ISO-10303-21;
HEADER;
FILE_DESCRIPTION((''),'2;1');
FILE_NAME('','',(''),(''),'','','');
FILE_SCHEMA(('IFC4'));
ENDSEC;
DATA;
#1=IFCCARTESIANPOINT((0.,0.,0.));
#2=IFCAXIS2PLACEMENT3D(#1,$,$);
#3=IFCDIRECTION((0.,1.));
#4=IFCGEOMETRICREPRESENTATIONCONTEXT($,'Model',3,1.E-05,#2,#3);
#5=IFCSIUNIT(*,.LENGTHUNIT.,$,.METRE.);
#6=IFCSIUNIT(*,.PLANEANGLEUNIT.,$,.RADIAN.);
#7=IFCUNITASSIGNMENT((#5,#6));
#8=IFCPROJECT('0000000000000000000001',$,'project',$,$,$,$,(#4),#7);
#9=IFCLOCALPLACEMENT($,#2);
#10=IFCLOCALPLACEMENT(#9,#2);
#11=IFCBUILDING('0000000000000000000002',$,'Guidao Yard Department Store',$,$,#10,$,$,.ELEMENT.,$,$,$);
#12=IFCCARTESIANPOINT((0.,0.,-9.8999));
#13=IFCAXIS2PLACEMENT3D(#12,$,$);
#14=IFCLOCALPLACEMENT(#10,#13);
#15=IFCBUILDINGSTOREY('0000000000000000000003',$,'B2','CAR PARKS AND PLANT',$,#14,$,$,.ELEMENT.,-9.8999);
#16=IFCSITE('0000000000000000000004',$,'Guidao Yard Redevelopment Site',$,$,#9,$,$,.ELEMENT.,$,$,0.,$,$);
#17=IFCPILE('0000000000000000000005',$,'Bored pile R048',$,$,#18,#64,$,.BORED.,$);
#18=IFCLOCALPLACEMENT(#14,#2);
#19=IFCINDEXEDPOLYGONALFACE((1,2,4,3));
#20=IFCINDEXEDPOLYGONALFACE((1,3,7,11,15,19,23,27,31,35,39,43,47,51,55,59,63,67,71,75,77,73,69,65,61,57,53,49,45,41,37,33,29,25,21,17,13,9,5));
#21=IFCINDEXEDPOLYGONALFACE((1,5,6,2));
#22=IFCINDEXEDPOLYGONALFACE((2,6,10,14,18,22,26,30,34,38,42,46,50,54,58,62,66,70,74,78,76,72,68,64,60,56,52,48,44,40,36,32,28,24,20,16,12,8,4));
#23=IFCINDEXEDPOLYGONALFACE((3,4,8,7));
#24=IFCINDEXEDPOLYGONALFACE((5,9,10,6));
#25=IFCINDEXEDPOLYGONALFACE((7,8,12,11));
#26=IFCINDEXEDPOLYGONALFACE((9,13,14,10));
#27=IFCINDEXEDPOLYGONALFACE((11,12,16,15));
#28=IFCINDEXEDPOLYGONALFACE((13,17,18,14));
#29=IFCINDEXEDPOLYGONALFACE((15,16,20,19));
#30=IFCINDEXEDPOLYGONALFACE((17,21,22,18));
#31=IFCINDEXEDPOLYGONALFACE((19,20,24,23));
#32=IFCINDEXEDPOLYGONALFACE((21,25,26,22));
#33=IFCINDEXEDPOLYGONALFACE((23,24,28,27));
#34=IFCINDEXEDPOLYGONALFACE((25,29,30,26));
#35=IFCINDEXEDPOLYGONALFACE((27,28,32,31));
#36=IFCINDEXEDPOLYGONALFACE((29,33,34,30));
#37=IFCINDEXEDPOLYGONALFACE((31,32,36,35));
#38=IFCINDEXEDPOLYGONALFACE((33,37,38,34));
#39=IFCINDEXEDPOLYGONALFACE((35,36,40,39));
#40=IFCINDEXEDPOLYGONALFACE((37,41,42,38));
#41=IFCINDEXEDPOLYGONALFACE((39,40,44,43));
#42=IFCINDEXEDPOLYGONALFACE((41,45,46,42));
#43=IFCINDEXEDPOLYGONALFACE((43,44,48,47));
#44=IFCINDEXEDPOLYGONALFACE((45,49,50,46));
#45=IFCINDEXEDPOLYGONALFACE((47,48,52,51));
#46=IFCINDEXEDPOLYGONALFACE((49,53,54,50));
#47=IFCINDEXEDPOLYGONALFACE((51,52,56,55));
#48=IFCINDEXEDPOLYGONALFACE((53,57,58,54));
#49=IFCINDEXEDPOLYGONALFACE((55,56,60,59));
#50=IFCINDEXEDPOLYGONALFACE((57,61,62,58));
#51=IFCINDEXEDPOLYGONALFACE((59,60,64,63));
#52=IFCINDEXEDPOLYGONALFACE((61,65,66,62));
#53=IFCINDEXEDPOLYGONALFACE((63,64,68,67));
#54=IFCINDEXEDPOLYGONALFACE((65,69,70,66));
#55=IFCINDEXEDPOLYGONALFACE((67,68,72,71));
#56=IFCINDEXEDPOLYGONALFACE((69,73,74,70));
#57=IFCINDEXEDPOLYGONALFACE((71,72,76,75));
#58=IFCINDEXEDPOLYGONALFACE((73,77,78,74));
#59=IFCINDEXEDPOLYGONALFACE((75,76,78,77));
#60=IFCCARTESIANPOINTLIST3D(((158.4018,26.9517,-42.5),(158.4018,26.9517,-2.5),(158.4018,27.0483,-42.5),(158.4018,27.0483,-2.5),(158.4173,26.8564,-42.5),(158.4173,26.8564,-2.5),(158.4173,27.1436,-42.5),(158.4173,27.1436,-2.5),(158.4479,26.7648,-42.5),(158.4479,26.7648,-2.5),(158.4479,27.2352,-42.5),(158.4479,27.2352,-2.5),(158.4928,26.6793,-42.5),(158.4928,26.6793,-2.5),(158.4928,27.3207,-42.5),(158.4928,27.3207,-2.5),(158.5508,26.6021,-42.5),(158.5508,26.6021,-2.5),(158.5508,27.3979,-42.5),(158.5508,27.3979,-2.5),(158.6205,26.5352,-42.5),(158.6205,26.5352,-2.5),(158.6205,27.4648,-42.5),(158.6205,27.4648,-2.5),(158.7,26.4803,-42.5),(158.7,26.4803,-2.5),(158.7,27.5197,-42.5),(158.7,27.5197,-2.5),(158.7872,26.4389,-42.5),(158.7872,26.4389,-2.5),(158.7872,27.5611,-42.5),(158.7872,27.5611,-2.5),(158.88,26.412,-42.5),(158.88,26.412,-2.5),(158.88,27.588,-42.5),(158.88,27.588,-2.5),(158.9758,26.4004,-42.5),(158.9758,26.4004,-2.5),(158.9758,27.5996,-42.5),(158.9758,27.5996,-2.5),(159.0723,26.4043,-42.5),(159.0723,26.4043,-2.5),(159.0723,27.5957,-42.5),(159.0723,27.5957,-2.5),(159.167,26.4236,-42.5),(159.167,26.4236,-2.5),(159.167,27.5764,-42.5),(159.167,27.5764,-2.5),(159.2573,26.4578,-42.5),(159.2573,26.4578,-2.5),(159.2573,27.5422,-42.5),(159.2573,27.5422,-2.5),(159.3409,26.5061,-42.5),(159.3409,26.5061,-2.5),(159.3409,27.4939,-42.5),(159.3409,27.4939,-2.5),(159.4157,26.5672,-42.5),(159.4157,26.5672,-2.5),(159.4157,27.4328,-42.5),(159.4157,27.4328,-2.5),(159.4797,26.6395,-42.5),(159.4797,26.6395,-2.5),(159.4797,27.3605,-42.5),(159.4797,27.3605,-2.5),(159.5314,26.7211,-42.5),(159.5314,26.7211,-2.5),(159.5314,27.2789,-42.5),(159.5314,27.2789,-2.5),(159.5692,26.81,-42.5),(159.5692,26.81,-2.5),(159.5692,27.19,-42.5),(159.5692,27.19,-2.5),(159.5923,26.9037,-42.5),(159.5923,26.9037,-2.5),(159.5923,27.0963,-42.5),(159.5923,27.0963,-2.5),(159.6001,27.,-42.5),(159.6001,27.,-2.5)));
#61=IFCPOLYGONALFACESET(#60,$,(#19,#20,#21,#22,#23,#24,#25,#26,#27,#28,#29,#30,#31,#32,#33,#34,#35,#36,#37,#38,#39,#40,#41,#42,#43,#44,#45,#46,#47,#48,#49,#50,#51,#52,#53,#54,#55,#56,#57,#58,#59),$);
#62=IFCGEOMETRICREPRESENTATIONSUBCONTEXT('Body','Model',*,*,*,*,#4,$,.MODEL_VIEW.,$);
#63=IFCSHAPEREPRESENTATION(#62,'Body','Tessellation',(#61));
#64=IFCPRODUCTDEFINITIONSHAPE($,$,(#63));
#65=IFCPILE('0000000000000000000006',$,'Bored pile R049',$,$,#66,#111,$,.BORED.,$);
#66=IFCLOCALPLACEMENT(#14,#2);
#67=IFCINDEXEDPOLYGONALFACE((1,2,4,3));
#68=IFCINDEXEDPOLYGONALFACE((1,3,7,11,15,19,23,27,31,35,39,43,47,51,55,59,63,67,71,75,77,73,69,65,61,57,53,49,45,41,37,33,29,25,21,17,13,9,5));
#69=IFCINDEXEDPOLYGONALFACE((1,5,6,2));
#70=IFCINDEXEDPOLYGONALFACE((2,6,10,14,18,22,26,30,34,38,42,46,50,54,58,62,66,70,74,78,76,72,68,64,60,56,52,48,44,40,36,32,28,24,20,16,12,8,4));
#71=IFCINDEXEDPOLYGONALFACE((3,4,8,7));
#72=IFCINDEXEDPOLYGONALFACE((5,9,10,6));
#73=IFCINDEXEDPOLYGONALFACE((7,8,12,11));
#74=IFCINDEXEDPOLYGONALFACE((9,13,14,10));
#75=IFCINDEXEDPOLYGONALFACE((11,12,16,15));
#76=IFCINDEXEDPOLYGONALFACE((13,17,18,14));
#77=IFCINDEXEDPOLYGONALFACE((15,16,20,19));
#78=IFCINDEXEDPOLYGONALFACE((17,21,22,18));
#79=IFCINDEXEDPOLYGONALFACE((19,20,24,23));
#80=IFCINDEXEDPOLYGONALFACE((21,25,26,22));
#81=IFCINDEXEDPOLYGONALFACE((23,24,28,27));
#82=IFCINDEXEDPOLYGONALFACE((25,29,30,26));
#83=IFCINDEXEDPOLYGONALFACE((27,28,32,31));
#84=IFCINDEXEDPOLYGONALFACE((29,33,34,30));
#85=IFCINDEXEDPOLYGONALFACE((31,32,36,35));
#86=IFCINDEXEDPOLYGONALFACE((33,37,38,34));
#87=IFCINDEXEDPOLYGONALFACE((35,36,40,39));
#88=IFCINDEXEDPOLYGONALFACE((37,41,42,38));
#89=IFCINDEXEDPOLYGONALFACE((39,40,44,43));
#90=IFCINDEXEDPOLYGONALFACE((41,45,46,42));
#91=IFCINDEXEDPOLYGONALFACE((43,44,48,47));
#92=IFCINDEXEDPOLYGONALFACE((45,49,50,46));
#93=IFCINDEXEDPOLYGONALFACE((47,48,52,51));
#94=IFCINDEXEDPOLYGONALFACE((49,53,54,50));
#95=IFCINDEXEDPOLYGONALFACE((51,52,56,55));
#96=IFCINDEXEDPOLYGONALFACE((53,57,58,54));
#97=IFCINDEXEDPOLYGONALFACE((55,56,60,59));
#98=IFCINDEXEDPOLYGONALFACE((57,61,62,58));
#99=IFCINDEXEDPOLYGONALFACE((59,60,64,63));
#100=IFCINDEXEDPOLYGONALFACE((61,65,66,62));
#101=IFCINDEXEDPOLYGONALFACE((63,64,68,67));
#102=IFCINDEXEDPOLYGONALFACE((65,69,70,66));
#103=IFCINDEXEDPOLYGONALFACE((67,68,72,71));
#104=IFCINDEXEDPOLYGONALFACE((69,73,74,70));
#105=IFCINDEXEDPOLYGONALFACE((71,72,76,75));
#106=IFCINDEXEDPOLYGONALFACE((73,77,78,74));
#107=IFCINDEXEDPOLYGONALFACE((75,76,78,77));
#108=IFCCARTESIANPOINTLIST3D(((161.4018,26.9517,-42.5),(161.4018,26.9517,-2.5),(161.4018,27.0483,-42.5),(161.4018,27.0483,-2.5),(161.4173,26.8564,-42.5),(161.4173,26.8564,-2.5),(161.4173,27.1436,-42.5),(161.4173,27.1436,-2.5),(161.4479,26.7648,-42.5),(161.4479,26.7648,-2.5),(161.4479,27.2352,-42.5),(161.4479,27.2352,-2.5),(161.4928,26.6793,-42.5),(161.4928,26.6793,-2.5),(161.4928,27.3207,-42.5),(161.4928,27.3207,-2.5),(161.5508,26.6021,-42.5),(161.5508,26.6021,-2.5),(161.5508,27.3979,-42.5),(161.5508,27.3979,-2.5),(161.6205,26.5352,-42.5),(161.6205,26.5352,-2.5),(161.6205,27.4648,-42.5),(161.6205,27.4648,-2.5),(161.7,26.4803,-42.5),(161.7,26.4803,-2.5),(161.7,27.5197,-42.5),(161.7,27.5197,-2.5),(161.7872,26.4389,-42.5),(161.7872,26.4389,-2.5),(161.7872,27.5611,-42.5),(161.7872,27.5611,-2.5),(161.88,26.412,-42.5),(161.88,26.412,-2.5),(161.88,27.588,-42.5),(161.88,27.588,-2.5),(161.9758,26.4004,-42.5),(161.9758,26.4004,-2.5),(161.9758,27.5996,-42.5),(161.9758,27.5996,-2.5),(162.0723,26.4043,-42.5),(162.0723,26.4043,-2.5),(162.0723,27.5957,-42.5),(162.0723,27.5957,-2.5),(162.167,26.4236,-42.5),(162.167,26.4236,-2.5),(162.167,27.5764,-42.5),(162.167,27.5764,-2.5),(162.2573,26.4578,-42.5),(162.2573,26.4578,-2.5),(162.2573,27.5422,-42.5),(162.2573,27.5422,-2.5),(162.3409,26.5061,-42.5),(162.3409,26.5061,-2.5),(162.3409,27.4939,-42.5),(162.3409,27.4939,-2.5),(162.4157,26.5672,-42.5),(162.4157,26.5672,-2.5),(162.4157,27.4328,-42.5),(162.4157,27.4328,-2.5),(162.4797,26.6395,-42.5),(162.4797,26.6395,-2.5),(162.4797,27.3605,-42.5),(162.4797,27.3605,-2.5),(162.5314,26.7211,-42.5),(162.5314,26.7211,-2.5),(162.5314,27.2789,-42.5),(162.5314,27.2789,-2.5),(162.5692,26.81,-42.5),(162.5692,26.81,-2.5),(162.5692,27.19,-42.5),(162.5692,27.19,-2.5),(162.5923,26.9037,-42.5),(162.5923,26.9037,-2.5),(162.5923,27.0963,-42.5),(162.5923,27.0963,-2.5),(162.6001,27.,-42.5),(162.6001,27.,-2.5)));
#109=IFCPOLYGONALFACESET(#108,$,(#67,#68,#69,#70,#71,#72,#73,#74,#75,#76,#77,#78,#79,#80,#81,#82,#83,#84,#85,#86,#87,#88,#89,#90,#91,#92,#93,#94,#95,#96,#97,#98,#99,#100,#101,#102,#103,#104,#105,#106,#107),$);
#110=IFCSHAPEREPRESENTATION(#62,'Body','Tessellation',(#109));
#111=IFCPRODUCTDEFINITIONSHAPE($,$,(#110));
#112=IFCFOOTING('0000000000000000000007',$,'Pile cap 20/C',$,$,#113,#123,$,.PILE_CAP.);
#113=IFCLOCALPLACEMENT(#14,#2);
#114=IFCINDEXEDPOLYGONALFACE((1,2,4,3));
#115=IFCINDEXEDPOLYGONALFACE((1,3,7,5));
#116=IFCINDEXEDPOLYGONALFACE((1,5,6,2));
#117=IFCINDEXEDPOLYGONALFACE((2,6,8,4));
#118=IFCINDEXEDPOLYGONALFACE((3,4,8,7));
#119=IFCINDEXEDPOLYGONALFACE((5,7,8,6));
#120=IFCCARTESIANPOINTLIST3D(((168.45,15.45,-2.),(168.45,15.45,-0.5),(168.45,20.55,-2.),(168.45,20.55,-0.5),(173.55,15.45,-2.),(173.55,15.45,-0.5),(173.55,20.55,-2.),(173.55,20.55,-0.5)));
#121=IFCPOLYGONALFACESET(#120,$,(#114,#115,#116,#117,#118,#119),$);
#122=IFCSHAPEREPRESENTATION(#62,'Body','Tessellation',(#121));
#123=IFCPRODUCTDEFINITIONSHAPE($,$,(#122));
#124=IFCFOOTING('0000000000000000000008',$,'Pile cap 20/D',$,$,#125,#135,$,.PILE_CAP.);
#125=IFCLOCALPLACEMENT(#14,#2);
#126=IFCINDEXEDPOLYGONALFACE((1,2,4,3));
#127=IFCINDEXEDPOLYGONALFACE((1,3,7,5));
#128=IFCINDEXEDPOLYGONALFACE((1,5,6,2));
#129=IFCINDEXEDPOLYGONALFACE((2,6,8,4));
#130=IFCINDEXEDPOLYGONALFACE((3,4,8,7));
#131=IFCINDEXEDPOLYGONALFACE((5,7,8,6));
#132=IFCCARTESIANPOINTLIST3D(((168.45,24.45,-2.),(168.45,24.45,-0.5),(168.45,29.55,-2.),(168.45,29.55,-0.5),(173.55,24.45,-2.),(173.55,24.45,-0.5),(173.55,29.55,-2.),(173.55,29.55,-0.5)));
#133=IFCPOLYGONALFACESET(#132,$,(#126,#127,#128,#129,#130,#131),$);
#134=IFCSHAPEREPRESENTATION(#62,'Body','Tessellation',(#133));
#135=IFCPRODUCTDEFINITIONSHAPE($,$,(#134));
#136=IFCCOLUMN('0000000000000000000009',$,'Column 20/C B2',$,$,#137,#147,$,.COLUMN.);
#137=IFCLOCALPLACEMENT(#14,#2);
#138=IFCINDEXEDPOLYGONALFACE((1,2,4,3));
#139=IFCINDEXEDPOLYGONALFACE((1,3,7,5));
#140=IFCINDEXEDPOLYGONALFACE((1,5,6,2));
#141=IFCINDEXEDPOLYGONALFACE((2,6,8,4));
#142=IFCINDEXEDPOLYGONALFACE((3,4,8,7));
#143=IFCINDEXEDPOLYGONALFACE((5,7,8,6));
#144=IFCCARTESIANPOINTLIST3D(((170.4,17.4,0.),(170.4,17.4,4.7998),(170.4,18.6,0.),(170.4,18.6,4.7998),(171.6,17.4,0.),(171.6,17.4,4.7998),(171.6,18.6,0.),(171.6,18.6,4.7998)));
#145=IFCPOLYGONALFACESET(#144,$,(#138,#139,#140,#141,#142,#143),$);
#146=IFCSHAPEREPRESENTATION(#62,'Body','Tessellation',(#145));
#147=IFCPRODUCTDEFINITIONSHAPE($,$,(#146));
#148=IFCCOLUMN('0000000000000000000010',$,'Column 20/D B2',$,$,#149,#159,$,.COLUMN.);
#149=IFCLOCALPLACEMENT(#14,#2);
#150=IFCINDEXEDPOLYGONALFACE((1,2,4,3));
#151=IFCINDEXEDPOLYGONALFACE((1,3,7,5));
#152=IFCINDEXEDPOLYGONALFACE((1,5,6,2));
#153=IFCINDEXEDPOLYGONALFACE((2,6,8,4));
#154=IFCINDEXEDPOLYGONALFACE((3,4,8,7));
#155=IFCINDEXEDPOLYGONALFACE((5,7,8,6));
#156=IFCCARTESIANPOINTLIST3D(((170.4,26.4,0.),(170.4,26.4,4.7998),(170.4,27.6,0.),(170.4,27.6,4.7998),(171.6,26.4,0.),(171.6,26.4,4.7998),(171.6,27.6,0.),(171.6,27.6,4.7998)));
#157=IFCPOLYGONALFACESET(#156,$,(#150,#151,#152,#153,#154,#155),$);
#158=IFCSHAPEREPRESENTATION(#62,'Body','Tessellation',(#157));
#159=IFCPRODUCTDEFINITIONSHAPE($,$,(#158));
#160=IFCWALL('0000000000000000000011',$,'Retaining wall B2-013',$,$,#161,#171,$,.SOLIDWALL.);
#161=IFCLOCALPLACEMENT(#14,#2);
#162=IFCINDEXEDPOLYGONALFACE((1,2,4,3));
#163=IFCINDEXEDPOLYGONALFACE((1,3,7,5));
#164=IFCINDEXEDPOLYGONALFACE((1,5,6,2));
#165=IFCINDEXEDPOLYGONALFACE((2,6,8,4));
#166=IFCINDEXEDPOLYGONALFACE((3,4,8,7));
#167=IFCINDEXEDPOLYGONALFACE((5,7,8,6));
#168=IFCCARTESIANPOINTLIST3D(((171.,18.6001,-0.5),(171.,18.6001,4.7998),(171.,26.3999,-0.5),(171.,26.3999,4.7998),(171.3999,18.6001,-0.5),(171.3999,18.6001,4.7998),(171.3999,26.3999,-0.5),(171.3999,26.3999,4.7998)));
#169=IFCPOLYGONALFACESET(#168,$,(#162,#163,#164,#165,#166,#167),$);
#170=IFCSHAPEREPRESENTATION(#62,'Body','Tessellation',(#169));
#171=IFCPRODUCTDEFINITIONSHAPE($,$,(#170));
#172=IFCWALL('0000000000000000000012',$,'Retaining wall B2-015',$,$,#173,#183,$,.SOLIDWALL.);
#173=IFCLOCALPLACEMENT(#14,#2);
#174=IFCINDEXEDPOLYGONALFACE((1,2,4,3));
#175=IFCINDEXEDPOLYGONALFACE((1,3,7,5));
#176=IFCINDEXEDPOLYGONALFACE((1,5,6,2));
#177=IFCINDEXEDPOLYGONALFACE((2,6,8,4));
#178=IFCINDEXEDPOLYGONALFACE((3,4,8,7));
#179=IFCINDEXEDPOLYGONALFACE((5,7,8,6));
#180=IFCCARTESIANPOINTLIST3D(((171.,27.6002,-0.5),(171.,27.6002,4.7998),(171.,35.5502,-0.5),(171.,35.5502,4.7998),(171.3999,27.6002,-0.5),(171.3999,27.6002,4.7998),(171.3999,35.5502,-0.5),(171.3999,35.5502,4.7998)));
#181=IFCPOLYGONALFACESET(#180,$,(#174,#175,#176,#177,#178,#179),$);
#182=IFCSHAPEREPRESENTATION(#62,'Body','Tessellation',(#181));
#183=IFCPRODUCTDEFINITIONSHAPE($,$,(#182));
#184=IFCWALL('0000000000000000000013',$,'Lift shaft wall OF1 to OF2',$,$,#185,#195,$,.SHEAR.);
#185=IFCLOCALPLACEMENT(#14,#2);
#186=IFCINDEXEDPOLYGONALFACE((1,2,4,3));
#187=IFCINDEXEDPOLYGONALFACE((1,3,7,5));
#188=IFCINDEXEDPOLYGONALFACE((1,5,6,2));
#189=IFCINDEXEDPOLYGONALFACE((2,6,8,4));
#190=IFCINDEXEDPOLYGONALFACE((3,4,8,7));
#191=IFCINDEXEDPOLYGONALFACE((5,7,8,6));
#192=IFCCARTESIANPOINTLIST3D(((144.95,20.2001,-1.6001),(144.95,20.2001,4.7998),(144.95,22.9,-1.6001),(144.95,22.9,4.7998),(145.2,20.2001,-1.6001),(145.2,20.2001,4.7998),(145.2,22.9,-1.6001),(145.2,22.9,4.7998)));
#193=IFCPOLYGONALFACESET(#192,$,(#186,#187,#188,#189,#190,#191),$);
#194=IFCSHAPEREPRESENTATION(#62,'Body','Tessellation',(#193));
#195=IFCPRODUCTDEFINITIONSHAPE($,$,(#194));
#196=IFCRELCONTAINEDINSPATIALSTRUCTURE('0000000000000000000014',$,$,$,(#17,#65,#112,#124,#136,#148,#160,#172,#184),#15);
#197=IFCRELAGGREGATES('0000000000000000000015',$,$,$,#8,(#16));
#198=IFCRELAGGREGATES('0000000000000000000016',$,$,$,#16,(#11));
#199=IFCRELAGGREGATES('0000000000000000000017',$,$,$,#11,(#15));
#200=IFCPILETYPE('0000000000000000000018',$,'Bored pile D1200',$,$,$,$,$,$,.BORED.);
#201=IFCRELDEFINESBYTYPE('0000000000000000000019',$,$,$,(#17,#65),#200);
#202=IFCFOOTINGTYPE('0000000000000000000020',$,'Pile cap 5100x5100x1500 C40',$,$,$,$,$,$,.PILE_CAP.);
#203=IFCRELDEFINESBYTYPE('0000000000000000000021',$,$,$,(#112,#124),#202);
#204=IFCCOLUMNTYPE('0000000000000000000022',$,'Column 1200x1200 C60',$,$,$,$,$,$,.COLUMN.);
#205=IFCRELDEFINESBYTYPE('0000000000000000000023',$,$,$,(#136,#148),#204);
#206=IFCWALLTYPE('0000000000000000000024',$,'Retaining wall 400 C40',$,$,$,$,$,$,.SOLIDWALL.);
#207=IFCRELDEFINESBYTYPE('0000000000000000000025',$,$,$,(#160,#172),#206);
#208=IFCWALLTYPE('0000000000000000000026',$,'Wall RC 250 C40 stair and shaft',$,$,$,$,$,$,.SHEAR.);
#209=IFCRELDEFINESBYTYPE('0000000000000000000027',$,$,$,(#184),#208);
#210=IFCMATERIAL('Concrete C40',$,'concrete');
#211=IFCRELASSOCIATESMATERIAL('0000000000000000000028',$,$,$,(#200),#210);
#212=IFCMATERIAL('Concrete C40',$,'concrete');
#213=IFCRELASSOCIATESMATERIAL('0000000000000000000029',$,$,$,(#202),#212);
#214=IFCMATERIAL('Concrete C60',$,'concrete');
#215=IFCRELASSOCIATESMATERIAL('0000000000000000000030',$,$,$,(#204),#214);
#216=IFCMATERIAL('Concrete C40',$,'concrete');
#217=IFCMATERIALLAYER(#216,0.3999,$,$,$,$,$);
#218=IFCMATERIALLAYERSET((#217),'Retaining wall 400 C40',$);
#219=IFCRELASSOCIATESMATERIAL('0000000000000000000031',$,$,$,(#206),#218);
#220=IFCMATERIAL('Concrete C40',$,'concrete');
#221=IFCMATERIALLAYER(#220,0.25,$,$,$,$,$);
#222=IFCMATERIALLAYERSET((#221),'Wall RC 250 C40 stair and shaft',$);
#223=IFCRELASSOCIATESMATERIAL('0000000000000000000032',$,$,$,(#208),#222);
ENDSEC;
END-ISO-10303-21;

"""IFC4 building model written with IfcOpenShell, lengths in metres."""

from ifc_helpers import new_model, si_unit, direction, frame, frame_2d, origin, origin_2d, place, context, subcontext, project, spatial, rectangle, circle, extrude, material, layer, layer_set, material_profile, profile_set, type_object, element, save


model = new_model("IFC4")

# Units and contexts
model_context = context("Model", 3, precision=1e-05, world=origin(), true_north=direction((0.0, 1.0)))
body_context = subcontext(model_context, "Body", "Model", "MODEL_VIEW")
ifc_project = project(units=[si_unit("LENGTHUNIT", "METRE"), si_unit("PLANEANGLEUNIT", "RADIAN")], contexts=[model_context])

# Site, building, storey
site_placement = place(None, origin())
site = spatial("IfcSite", under=ifc_project, at=site_placement, Name="Guidao Yard Redevelopment Site", CompositionType="ELEMENT", RefElevation=0.0)
building_placement = place(site_placement, origin())
building = spatial("IfcBuilding", under=site, at=building_placement, Name="Guidao Yard Department Store", CompositionType="ELEMENT")
storey_placement = place(building_placement, frame((0.0, 0.0, -9.8999)))
storey = spatial("IfcBuildingStorey", under=building, at=storey_placement, Name="B2", Description="CAR PARKS AND PLANT", CompositionType="ELEMENT", Elevation=-9.8999)

# Piles
ifc_material_1 = material(Name="Concrete C40", Category="concrete")
ifc_material_profile_1 = material_profile(ifc_material_1, circle(Radius=0.6001, at=origin_2d()), Name="Bored pile D1200")
ifc_profile_set_1 = profile_set([ifc_material_profile_1], Name="Concrete C40")
pile_type = type_object("IfcPileType", Name="Bored pile D1200", PredefinedType="BORED", material=ifc_profile_set_1)
for number, where, z_axis, x_axis, name in (
    (1, (159.0, 27.0, -2.5), (0.0, 0.0, -1.0), (1.0, 0.0, 0.0), "Bored pile R048"),
    (2, (162.0, 27.0, -2.5), (0.0, 0.0, -1.0), (1.0, 0.0, 0.0), "Bored pile R049"),
):
    element("IfcPile", number, at=place(storey_placement, frame(where, z_axis=z_axis, x_axis=x_axis)), inside=storey, type_object=pile_type, Name=name, PredefinedType="BORED", context=body_context, shape_type="SweptSolid", body=[
        extrude(circle(Radius=0.6001, at=origin_2d()), origin(), (0.0, 0.0, 1.0), 40.0),
    ])

# Footings
ifc_material_2 = material(Name="Concrete C40", Category="concrete")
footing_type = type_object("IfcFootingType", Name="Pile cap 5100x5100x1500 C40", PredefinedType="PILE_CAP", material=ifc_material_2)
for number, where, z_axis, x_axis, name in (
    (3, (171.0, 18.0, -2.0), (0.0, 0.0, 1.0), (1.0, 0.0, 0.0), "Pile cap 20/C"),
    (4, (171.0, 27.0, -2.0), (0.0, 0.0, 1.0), (1.0, 0.0, 0.0), "Pile cap 20/D"),
):
    element("IfcFooting", number, at=place(storey_placement, frame(where, z_axis=z_axis, x_axis=x_axis)), inside=storey, type_object=footing_type, Name=name, PredefinedType="PILE_CAP", context=body_context, shape_type="SweptSolid", body=[
        extrude(rectangle(XDim=5.1001, YDim=5.1001, at=origin_2d()), origin(), (0.0, 0.0, 1.0), 1.5),
    ])

# Columns
ifc_material_3 = material(Name="Concrete C60", Category="concrete")
ifc_material_profile_2 = material_profile(ifc_material_3, rectangle(XDim=1.2, YDim=1.2, at=origin_2d()), Name="COL 1200x1200")
ifc_profile_set_2 = profile_set([ifc_material_profile_2], Name="Concrete C60")
column_type = type_object("IfcColumnType", Name="Column 1200x1200 C60", PredefinedType="COLUMN", material=ifc_profile_set_2)
for number, where, z_axis, x_axis, name in (
    (5, (171.0, 18.0, 0.0), (0.0, 0.0, 1.0), (1.0, 0.0, 0.0), "Column 20/C B2"),
    (6, (171.0, 27.0, 0.0), (0.0, 0.0, 1.0), (1.0, 0.0, 0.0), "Column 20/D B2"),
):
    element("IfcColumn", number, at=place(storey_placement, frame(where, z_axis=z_axis, x_axis=x_axis)), inside=storey, type_object=column_type, Name=name, PredefinedType="COLUMN", context=body_context, shape_type="SweptSolid", body=[
        extrude(rectangle(XDim=1.2, YDim=1.2, at=origin_2d()), origin(), (0.0, 0.0, 1.0), 4.7998),
    ])

# Walls
ifc_material_4 = material(Name="Concrete C40", Category="concrete")
ifc_layer_1 = layer(ifc_material_4, 0.3999)
ifc_layer_set_1 = layer_set([ifc_layer_1], Name="Retaining wall 400 C40")
wall_type_1 = type_object("IfcWallType", Name="Retaining wall 400 C40", PredefinedType="SOLIDWALL", material=ifc_layer_set_1)
wall_1_placement = place(storey_placement, frame((171.2, 18.6001, -0.5), z_axis=(0.0, 0.0, 1.0), x_axis=(0.0, 1.0, 0.0)))
element("IfcWall", 7, at=wall_1_placement, inside=storey, type_object=wall_type_1, Name="Retaining wall B2-013", PredefinedType="SOLIDWALL", context=body_context, shape_type="SweptSolid", body=[
    extrude(rectangle(XDim=7.7998, YDim=0.3999, at=frame_2d((3.8999, 0.0))), origin(), (0.0, 0.0, 1.0), 5.2998),
])
wall_2_placement = place(storey_placement, frame((171.2, 27.6001, -0.5), z_axis=(0.0, 0.0, 1.0), x_axis=(0.0, 1.0, 0.0)))
element("IfcWall", 8, at=wall_2_placement, inside=storey, type_object=wall_type_1, Name="Retaining wall B2-015", PredefinedType="SOLIDWALL", context=body_context, shape_type="SweptSolid", body=[
    extrude(rectangle(XDim=7.95, YDim=0.3999, at=frame_2d((3.9751, 0.0))), origin(), (0.0, 0.0, 1.0), 5.2998),
])
ifc_material_5 = material(Name="Concrete C40", Category="concrete")
ifc_layer_2 = layer(ifc_material_5, 0.25)
ifc_layer_set_2 = layer_set([ifc_layer_2], Name="Wall RC 250 C40 stair and shaft")
wall_type_2 = type_object("IfcWallType", Name="Wall RC 250 C40 stair and shaft", PredefinedType="SHEAR", material=ifc_layer_set_2)
for number, where, z_axis, x_axis, name in (
    (9, (145.075, 20.2, -1.6001), (0.0, 0.0, 1.0), (0.0, 1.0, 0.0), "Lift shaft wall OF1 to OF2"),
):
    element("IfcWall", number, at=place(storey_placement, frame(where, z_axis=z_axis, x_axis=x_axis)), inside=storey, type_object=wall_type_2, Name=name, PredefinedType="SHEAR", context=body_context, shape_type="SweptSolid", body=[
        extrude(rectangle(XDim=2.7, YDim=0.25, at=frame_2d((1.3501, 0.0))), origin(), (0.0, 0.0, 1.0), 6.3999),
    ])

save(model, "model.ifc")
